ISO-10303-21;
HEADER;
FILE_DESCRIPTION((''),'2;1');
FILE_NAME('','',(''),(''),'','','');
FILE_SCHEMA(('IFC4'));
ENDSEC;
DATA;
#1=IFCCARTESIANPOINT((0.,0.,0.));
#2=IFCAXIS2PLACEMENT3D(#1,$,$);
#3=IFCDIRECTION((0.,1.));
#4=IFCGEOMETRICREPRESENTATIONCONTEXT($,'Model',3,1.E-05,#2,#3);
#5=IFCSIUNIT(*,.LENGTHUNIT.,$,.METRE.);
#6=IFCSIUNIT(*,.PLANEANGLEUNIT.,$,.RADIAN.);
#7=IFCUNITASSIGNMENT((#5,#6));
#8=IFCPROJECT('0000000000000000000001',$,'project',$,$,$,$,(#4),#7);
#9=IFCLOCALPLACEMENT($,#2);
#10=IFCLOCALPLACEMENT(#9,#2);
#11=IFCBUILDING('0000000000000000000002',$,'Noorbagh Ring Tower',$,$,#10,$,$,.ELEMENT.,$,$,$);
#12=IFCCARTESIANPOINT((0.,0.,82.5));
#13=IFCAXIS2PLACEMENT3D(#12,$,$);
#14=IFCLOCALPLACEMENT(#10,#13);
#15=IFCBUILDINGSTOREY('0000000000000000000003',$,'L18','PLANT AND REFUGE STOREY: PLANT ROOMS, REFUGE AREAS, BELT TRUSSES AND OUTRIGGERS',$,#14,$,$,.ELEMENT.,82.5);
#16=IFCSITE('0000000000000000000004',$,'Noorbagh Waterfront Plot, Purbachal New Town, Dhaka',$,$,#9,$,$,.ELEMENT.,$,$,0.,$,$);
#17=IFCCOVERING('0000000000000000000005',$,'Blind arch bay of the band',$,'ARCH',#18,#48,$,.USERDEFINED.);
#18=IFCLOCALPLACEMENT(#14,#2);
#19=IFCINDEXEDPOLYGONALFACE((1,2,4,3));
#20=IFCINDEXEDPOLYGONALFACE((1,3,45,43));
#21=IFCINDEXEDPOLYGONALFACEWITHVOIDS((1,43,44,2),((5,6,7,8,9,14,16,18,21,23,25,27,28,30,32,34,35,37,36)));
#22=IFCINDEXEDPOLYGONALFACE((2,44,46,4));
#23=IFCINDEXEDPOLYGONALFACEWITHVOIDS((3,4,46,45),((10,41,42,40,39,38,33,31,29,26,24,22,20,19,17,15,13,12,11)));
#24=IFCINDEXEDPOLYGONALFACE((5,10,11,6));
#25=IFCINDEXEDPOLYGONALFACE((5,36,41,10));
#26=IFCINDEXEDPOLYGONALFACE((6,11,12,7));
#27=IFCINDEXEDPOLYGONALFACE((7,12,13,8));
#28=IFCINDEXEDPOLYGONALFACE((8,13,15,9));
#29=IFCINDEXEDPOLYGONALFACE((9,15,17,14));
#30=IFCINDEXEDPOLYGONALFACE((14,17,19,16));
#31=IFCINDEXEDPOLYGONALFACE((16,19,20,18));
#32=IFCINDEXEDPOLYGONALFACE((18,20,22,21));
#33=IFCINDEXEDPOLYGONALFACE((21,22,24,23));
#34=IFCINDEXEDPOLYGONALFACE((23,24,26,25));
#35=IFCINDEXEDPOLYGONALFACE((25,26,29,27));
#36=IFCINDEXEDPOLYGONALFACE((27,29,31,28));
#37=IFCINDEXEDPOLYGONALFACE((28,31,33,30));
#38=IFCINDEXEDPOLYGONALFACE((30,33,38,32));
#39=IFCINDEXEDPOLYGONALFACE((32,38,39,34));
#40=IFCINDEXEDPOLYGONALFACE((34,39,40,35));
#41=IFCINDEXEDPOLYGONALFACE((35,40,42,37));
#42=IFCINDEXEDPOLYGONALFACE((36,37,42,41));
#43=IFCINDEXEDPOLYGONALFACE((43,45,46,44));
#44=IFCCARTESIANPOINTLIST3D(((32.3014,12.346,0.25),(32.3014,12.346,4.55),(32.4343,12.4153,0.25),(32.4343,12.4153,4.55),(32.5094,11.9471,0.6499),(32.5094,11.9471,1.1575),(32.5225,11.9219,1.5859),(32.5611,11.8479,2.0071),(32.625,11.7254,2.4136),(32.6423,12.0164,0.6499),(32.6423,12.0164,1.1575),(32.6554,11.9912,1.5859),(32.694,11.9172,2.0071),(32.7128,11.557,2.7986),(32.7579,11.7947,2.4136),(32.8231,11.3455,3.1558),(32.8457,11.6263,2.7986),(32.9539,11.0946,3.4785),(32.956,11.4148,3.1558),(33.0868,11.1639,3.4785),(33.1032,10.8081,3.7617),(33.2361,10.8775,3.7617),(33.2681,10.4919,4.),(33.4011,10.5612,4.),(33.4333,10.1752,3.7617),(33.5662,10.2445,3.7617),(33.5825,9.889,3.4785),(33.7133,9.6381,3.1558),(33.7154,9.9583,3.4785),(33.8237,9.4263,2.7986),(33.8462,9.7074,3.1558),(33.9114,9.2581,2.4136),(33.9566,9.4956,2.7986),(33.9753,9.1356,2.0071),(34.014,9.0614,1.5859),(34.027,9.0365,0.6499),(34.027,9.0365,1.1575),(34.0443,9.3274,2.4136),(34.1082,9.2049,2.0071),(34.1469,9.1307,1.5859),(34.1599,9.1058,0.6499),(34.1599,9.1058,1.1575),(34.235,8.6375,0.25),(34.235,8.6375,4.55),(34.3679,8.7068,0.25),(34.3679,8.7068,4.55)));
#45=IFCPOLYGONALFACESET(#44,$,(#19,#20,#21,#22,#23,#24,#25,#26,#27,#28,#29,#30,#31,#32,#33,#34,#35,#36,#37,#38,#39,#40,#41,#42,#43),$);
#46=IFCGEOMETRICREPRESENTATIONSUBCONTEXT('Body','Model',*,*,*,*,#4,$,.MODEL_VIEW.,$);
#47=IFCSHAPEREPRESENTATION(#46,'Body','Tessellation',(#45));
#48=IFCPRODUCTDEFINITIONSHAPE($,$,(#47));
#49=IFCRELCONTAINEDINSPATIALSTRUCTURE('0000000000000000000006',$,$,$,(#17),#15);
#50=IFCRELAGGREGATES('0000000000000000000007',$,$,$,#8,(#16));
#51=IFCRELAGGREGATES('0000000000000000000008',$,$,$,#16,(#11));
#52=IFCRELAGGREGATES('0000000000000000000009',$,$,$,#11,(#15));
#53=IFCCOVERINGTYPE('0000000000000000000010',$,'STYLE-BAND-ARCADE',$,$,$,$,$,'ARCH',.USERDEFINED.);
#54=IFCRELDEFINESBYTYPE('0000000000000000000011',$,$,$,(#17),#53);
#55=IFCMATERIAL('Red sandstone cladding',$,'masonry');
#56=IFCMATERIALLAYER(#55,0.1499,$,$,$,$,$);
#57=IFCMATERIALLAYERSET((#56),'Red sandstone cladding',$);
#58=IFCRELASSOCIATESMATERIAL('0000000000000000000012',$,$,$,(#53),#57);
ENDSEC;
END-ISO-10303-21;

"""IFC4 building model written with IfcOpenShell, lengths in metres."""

from ifc_helpers import new_model, si_unit, direction, frame, origin, place, context, subcontext, project, spatial, polyline, outline, extrude, material, layer, layer_set, type_object, element, save


model = new_model("IFC4")

# Units and contexts
model_context = context("Model", 3, precision=1e-05, world=origin(), true_north=direction((0.0, 1.0)))
body_context = subcontext(model_context, "Body", "Model", "MODEL_VIEW")
ifc_project = project(units=[si_unit("LENGTHUNIT", "METRE"), si_unit("PLANEANGLEUNIT", "RADIAN")], contexts=[model_context])

# Site, building, storey
site_placement = place(None, origin())
site = spatial("IfcSite", under=ifc_project, at=site_placement, Name="Noorbagh Waterfront Plot, Purbachal New Town, Dhaka", CompositionType="ELEMENT", RefElevation=0.0)
building_placement = place(site_placement, origin())
building = spatial("IfcBuilding", under=site, at=building_placement, Name="Noorbagh Ring Tower", CompositionType="ELEMENT")
storey_placement = place(building_placement, frame((0.0, 0.0, 82.5)))
storey = spatial("IfcBuildingStorey", under=building, at=storey_placement, Name="L18", Description="PLANT AND REFUGE STOREY: PLANT ROOMS, REFUGE AREAS, BELT TRUSSES AND OUTRIGGERS", CompositionType="ELEMENT", Elevation=82.5)

# Covering
ifc_material_1 = material(Name="Red sandstone cladding", Category="masonry")
ifc_layer_1 = layer(ifc_material_1, 0.1499)
ifc_layer_set_1 = layer_set([ifc_layer_1], Name="Red sandstone cladding")
covering_type_1 = type_object("IfcCoveringType", Name="STYLE-BAND-ARCADE", ElementType="ARCH", PredefinedType="USERDEFINED", material=ifc_layer_set_1)
covering_1_placement = place(storey_placement, frame((34.3679, 8.7068, 0.25), z_axis=(0.88671, 0.462327, 0.0), x_axis=(-0.462327, 0.88671, 0.0)))
element("IfcCovering", 1, at=covering_1_placement, inside=storey, type_object=covering_type_1, Name="Blind arch bay of the band", ObjectType="ARCH", PredefinedType="USERDEFINED", context=body_context, shape_type="SweptSolid", body=[
    extrude(outline(polyline([(0.0, 0.0), (4.1824, 0.0), (4.1824, 4.3), (0.0, 4.3), (0.0, 0.0)]), holes=[polyline([(0.45, 0.3999), (0.45, 0.9075), (0.478, 1.3359), (0.5618, 1.7571), (0.7, 2.1636), (0.8896, 2.5486), (1.1284, 2.9058), (1.4114, 3.2285), (1.7341, 3.5117), (2.0913, 3.75), (2.448, 3.5117), (2.771, 3.2285), (3.054, 2.9058), (3.2925, 2.5486), (3.4824, 2.1636), (3.6206, 1.7571), (3.7041, 1.3359), (3.7324, 0.9075), (3.7324, 0.3999), (0.45, 0.3999)])]), origin(), (0.0, 0.0, -1.0), 0.1499),
])

save(model, "model.ifc")
